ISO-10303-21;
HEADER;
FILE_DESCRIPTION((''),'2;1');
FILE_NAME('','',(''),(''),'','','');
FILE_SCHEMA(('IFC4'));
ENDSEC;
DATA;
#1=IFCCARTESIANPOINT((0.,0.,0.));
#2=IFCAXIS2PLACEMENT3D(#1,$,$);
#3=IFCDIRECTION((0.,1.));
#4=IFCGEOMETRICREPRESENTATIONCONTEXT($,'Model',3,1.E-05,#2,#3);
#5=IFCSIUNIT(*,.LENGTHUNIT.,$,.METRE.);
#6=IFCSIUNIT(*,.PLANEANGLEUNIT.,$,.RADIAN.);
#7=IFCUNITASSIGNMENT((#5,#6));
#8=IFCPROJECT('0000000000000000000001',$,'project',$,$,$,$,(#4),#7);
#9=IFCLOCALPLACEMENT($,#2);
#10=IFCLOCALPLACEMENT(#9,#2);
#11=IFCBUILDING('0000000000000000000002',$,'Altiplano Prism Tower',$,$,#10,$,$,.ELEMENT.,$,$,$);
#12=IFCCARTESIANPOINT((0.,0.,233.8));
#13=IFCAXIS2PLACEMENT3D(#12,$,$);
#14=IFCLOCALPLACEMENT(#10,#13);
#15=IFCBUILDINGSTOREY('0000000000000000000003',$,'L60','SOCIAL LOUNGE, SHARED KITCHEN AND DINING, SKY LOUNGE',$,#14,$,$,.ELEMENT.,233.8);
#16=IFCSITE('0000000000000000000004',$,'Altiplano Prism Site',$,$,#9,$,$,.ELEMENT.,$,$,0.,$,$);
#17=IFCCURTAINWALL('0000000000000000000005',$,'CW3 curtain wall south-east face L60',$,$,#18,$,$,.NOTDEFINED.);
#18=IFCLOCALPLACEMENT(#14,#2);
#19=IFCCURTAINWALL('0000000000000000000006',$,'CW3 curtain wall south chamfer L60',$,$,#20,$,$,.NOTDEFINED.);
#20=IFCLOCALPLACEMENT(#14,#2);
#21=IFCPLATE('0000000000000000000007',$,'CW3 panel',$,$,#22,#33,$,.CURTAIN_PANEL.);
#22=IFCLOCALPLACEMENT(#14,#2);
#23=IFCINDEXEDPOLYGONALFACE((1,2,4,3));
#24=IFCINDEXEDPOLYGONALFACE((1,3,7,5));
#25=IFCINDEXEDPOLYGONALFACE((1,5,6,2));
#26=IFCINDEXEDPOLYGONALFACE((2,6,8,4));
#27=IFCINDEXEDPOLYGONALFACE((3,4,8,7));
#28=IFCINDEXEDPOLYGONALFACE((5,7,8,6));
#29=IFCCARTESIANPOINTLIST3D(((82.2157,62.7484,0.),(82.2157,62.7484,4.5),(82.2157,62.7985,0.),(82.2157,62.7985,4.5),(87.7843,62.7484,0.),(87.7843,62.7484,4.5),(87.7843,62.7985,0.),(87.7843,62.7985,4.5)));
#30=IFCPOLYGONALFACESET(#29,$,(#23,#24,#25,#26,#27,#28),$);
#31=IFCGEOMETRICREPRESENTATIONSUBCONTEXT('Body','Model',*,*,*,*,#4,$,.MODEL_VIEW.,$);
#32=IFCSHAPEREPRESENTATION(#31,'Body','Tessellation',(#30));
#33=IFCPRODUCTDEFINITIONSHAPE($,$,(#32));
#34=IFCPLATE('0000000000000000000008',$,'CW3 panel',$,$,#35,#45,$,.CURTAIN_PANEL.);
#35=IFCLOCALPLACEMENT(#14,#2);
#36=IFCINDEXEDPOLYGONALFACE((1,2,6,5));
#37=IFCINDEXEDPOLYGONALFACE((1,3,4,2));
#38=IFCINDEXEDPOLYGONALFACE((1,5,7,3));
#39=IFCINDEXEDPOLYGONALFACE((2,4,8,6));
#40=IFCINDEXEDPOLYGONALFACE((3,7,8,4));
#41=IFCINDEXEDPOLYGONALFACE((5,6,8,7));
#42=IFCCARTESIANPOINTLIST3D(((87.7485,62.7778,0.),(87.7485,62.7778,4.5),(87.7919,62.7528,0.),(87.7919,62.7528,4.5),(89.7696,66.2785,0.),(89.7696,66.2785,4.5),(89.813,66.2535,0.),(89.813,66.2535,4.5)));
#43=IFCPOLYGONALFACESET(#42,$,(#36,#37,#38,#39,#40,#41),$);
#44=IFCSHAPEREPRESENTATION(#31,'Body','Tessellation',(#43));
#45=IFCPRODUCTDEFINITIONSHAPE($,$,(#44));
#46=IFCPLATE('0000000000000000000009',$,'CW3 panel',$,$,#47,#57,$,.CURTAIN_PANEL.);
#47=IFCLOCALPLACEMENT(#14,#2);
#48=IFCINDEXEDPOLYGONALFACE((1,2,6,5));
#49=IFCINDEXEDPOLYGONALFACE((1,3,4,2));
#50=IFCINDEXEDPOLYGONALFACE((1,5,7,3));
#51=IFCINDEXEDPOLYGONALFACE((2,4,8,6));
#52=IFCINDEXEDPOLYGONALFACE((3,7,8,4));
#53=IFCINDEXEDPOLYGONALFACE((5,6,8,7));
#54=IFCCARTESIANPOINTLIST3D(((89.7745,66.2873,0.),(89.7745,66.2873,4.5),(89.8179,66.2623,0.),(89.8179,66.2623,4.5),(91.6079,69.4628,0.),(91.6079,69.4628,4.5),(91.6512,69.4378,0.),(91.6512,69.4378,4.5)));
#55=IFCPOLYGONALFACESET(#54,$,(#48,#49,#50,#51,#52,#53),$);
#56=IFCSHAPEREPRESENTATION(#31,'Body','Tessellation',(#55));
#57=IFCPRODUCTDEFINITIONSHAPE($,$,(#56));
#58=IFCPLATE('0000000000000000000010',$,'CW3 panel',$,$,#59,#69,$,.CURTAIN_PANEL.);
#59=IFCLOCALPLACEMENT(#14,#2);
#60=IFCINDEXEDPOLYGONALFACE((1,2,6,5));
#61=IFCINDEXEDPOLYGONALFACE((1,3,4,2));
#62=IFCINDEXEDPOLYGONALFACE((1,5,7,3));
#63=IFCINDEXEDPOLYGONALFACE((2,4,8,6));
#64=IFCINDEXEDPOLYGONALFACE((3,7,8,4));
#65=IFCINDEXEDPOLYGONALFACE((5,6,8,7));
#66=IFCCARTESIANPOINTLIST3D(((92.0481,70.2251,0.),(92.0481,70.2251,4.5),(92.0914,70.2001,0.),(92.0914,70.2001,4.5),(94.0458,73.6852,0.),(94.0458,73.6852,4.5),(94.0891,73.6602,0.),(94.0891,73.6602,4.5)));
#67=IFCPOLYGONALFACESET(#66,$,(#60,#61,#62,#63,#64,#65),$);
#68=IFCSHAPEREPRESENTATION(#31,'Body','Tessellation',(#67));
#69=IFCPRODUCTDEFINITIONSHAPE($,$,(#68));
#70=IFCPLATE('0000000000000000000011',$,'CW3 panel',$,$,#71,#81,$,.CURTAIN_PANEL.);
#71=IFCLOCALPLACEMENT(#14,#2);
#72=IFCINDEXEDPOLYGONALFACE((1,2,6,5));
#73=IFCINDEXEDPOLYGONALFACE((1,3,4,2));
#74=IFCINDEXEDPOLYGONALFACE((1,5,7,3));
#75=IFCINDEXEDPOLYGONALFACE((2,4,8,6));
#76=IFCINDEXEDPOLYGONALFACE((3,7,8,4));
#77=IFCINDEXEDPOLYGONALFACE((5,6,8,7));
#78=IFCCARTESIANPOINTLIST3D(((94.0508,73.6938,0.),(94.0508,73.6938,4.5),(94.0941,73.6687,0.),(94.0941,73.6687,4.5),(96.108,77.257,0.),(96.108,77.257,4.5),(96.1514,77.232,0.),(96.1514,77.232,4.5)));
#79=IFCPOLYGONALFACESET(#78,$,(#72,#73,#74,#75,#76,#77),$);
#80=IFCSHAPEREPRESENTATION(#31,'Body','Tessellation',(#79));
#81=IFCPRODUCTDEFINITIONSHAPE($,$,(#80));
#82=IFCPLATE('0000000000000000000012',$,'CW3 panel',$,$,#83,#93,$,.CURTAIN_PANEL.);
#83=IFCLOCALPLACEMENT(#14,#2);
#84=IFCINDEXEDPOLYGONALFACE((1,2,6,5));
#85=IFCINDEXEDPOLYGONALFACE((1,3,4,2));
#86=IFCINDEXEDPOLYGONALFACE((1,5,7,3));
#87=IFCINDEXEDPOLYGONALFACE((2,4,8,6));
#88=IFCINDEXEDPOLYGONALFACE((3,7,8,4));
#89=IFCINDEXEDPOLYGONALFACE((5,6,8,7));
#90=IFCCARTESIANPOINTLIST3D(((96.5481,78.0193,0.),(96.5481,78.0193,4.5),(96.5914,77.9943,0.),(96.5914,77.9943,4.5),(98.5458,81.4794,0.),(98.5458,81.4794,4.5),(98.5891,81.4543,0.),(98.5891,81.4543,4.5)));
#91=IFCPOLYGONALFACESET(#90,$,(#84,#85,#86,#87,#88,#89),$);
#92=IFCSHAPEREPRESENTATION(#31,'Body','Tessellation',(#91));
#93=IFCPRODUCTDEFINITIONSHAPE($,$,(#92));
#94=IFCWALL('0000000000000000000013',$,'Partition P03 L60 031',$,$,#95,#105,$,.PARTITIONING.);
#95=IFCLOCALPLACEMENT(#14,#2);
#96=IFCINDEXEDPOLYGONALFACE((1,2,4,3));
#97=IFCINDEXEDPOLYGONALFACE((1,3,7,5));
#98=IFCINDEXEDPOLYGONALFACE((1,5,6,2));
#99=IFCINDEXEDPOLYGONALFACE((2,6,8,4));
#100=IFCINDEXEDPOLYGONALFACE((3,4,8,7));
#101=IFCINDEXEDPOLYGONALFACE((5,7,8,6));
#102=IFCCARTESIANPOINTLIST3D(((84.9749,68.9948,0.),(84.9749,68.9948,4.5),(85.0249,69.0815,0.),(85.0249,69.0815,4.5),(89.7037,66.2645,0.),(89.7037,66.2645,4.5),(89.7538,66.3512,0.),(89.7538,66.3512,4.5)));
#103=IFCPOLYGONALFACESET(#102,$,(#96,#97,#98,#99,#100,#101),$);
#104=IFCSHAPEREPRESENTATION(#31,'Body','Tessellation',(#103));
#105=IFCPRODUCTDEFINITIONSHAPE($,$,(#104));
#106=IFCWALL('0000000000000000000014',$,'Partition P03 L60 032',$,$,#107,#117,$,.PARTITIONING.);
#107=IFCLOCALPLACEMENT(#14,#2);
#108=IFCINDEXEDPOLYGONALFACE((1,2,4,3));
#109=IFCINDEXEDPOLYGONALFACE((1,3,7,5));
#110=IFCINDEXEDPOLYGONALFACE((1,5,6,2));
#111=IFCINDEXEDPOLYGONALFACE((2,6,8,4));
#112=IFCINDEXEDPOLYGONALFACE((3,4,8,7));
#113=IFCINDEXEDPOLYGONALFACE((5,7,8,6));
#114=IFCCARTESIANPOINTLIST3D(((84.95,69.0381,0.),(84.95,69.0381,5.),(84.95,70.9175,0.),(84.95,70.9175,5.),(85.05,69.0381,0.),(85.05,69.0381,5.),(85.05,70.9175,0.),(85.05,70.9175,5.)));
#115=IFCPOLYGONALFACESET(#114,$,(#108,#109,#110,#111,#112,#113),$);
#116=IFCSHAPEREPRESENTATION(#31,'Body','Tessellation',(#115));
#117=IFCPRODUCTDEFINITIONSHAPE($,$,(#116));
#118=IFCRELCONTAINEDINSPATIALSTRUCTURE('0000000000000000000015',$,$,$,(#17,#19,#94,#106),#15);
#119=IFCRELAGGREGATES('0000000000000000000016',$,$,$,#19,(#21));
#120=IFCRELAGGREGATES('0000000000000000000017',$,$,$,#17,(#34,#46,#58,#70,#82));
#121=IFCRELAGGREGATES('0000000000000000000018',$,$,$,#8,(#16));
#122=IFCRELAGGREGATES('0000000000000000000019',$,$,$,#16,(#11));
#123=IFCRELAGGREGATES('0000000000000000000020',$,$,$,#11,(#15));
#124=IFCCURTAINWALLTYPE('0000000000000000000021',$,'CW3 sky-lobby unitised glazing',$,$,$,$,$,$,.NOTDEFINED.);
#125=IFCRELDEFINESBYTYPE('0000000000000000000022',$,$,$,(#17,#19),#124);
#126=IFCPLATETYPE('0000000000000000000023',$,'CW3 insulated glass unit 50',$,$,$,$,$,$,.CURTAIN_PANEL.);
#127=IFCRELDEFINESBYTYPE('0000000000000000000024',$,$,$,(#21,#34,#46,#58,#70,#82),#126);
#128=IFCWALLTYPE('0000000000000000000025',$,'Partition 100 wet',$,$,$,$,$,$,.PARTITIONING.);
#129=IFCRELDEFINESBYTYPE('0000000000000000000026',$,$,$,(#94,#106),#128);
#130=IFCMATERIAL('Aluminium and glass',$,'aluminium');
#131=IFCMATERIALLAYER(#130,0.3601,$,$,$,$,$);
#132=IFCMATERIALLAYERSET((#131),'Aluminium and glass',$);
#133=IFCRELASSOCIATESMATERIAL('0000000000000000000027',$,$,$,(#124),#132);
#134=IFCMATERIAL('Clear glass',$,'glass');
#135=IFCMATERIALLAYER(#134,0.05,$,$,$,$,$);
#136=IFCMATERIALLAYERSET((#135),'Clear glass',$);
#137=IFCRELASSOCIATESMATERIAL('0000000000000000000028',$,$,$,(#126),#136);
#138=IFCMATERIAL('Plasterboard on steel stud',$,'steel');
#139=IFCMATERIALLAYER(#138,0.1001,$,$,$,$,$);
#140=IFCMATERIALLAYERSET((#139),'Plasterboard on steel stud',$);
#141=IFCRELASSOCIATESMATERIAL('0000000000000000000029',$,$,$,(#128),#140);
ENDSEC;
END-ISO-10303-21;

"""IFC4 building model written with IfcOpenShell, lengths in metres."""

from ifc_helpers import new_model, si_unit, direction, frame, frame_2d, origin, origin_2d, place, context, subcontext, project, spatial, rectangle, extrude, material, layer, layer_set, type_object, element, aggregate, save


model = new_model("IFC4")

# Units and contexts
model_context = context("Model", 3, precision=1e-05, world=origin(), true_north=direction((0.0, 1.0)))
body_context = subcontext(model_context, "Body", "Model", "MODEL_VIEW")
ifc_project = project(units=[si_unit("LENGTHUNIT", "METRE"), si_unit("PLANEANGLEUNIT", "RADIAN")], contexts=[model_context])

# Site, building, storey
site_placement = place(None, origin())
site = spatial("IfcSite", under=ifc_project, at=site_placement, Name="Altiplano Prism Site", CompositionType="ELEMENT", RefElevation=0.0)
building_placement = place(site_placement, origin())
building = spatial("IfcBuilding", under=site, at=building_placement, Name="Altiplano Prism Tower", CompositionType="ELEMENT")
storey_placement = place(building_placement, frame((0.0, 0.0, 233.8)))
storey = spatial("IfcBuildingStorey", under=building, at=storey_placement, Name="L60", Description="SOCIAL LOUNGE, SHARED KITCHEN AND DINING, SKY LOUNGE", CompositionType="ELEMENT", Elevation=233.8)

# Curtain wall
ifc_material_1 = material(Name="Aluminium and glass", Category="aluminium")
ifc_layer_1 = layer(ifc_material_1, 0.3601)
ifc_layer_set_1 = layer_set([ifc_layer_1], Name="Aluminium and glass")
curtain_wall_type = type_object("IfcCurtainWallType", Name="CW3 sky-lobby unitised glazing", PredefinedType="NOTDEFINED", material=ifc_layer_set_1)
curtain_wall_1_placement = place(storey_placement, origin())
curtain_wall_1 = element("IfcCurtainWall", 1, at=curtain_wall_1_placement, inside=storey, type_object=curtain_wall_type, Name="CW3 curtain wall south-east face L60", PredefinedType="NOTDEFINED")

# Curtain wall, plate
curtain_wall_2_placement = place(storey_placement, origin())
curtain_wall_2 = element("IfcCurtainWall", 2, at=curtain_wall_2_placement, inside=storey, type_object=curtain_wall_type, Name="CW3 curtain wall south chamfer L60", PredefinedType="NOTDEFINED")
ifc_material_2 = material(Name="Clear glass", Category="glass")
ifc_layer_2 = layer(ifc_material_2, 0.05)
ifc_layer_set_2 = layer_set([ifc_layer_2], Name="Clear glass")
plate_type = type_object("IfcPlateType", Name="CW3 insulated glass unit 50", PredefinedType="CURTAIN_PANEL", material=ifc_layer_set_2)
plate_1_placement = place(storey_placement, frame((85.0, 62.7734, 0.0), z_axis=(0.0, 0.0, 1.0), x_axis=(1.0, 0.0, 0.0)))
plate_1 = element("IfcPlate", 3, at=plate_1_placement, type_object=plate_type, Name="CW3 panel", PredefinedType="CURTAIN_PANEL", context=body_context, shape_type="SweptSolid", body=[
    extrude(rectangle(XDim=5.5686, YDim=0.05, at=origin_2d()), origin(), (0.0, 0.0, 1.0), 4.5),
])
aggregate(curtain_wall_2, [plate_1])

# Plates
plate_2_placement = place(storey_placement, frame((88.7808, 64.5156, 0.0), z_axis=(0.0, 0.0, 1.0), x_axis=(0.5, 0.866025, 0.0)))
plate_2 = element("IfcPlate", 4, at=plate_2_placement, type_object=plate_type, Name="CW3 panel", PredefinedType="CURTAIN_PANEL", context=body_context, shape_type="SweptSolid", body=[
    extrude(rectangle(XDim=4.0422, YDim=0.05, at=origin_2d()), origin(), (0.0, 0.0, 1.0), 4.5),
])
plate_3_placement = place(storey_placement, frame((90.7129, 67.8625, 0.0), z_axis=(0.0, 0.0, 1.0), x_axis=(0.5, 0.866025, 0.0)))
plate_3 = element("IfcPlate", 5, at=plate_3_placement, type_object=plate_type, Name="CW3 panel", PredefinedType="CURTAIN_PANEL", context=body_context, shape_type="SweptSolid", body=[
    extrude(rectangle(XDim=3.6667, YDim=0.05, at=origin_2d()), origin(), (0.0, 0.0, 1.0), 4.5),
])
plate_4_placement = place(storey_placement, frame((93.0686, 71.9426, 0.0), z_axis=(0.0, 0.0, 1.0), x_axis=(0.5, 0.866025, 0.0)))
plate_4 = element("IfcPlate", 6, at=plate_4_placement, type_object=plate_type, Name="CW3 panel", PredefinedType="CURTAIN_PANEL", context=body_context, shape_type="SweptSolid", body=[
    extrude(rectangle(XDim=3.9954, YDim=0.05, at=origin_2d()), origin(), (0.0, 0.0, 1.0), 4.5),
])
plate_5_placement = place(storey_placement, frame((95.1011, 75.4629, 0.0), z_axis=(0.0, 0.0, 1.0), x_axis=(0.5, 0.866025, 0.0)))
plate_5 = element("IfcPlate", 7, at=plate_5_placement, type_object=plate_type, Name="CW3 panel", PredefinedType="CURTAIN_PANEL", context=body_context, shape_type="SweptSolid", body=[
    extrude(rectangle(XDim=4.1145, YDim=0.05, at=origin_2d()), origin(), (0.0, 0.0, 1.0), 4.5),
])
plate_6_placement = place(storey_placement, frame((97.5686, 79.7368, 0.0), z_axis=(0.0, 0.0, 1.0), x_axis=(0.5, 0.866025, 0.0)))
plate_6 = element("IfcPlate", 8, at=plate_6_placement, type_object=plate_type, Name="CW3 panel", PredefinedType="CURTAIN_PANEL", context=body_context, shape_type="SweptSolid", body=[
    extrude(rectangle(XDim=3.9954, YDim=0.05, at=origin_2d()), origin(), (0.0, 0.0, 1.0), 4.5),
])
aggregate(curtain_wall_1, [plate_2, plate_3, plate_4, plate_5, plate_6])

# Walls
ifc_material_3 = material(Name="Plasterboard on steel stud", Category="steel")
ifc_layer_3 = layer(ifc_material_3, 0.1001)
ifc_layer_set_3 = layer_set([ifc_layer_3], Name="Plasterboard on steel stud")
wall_type_1 = type_object("IfcWallType", Name="Partition 100 wet", PredefinedType="PARTITIONING", material=ifc_layer_set_3)
wall_1_placement = place(storey_placement, frame((89.7288, 66.3079, 0.0), z_axis=(0.0, 0.0, 1.0), x_axis=(-0.86602, 0.50001, 0.0)))
element("IfcWall", 9, at=wall_1_placement, inside=storey, type_object=wall_type_1, Name="Partition P03 L60 031", PredefinedType="PARTITIONING", context=body_context, shape_type="SweptSolid", body=[
    extrude(rectangle(XDim=5.4604, YDim=0.1001, at=frame_2d((2.7302, 0.0))), origin(), (0.0, 0.0, 1.0), 4.5),
])
wall_2_placement = place(storey_placement, frame((85.0, 69.0381, 0.0), z_axis=(0.0, 0.0, 1.0), x_axis=(0.0, 1.0, 0.0)))
element("IfcWall", 10, at=wall_2_placement, inside=storey, type_object=wall_type_1, Name="Partition P03 L60 032", PredefinedType="PARTITIONING", context=body_context, shape_type="SweptSolid", body=[
    extrude(rectangle(XDim=1.8794, YDim=0.1001, at=frame_2d((0.9397, 0.0))), origin(), (0.0, 0.0, 1.0), 5.0),
])

save(model, "model.ifc")
